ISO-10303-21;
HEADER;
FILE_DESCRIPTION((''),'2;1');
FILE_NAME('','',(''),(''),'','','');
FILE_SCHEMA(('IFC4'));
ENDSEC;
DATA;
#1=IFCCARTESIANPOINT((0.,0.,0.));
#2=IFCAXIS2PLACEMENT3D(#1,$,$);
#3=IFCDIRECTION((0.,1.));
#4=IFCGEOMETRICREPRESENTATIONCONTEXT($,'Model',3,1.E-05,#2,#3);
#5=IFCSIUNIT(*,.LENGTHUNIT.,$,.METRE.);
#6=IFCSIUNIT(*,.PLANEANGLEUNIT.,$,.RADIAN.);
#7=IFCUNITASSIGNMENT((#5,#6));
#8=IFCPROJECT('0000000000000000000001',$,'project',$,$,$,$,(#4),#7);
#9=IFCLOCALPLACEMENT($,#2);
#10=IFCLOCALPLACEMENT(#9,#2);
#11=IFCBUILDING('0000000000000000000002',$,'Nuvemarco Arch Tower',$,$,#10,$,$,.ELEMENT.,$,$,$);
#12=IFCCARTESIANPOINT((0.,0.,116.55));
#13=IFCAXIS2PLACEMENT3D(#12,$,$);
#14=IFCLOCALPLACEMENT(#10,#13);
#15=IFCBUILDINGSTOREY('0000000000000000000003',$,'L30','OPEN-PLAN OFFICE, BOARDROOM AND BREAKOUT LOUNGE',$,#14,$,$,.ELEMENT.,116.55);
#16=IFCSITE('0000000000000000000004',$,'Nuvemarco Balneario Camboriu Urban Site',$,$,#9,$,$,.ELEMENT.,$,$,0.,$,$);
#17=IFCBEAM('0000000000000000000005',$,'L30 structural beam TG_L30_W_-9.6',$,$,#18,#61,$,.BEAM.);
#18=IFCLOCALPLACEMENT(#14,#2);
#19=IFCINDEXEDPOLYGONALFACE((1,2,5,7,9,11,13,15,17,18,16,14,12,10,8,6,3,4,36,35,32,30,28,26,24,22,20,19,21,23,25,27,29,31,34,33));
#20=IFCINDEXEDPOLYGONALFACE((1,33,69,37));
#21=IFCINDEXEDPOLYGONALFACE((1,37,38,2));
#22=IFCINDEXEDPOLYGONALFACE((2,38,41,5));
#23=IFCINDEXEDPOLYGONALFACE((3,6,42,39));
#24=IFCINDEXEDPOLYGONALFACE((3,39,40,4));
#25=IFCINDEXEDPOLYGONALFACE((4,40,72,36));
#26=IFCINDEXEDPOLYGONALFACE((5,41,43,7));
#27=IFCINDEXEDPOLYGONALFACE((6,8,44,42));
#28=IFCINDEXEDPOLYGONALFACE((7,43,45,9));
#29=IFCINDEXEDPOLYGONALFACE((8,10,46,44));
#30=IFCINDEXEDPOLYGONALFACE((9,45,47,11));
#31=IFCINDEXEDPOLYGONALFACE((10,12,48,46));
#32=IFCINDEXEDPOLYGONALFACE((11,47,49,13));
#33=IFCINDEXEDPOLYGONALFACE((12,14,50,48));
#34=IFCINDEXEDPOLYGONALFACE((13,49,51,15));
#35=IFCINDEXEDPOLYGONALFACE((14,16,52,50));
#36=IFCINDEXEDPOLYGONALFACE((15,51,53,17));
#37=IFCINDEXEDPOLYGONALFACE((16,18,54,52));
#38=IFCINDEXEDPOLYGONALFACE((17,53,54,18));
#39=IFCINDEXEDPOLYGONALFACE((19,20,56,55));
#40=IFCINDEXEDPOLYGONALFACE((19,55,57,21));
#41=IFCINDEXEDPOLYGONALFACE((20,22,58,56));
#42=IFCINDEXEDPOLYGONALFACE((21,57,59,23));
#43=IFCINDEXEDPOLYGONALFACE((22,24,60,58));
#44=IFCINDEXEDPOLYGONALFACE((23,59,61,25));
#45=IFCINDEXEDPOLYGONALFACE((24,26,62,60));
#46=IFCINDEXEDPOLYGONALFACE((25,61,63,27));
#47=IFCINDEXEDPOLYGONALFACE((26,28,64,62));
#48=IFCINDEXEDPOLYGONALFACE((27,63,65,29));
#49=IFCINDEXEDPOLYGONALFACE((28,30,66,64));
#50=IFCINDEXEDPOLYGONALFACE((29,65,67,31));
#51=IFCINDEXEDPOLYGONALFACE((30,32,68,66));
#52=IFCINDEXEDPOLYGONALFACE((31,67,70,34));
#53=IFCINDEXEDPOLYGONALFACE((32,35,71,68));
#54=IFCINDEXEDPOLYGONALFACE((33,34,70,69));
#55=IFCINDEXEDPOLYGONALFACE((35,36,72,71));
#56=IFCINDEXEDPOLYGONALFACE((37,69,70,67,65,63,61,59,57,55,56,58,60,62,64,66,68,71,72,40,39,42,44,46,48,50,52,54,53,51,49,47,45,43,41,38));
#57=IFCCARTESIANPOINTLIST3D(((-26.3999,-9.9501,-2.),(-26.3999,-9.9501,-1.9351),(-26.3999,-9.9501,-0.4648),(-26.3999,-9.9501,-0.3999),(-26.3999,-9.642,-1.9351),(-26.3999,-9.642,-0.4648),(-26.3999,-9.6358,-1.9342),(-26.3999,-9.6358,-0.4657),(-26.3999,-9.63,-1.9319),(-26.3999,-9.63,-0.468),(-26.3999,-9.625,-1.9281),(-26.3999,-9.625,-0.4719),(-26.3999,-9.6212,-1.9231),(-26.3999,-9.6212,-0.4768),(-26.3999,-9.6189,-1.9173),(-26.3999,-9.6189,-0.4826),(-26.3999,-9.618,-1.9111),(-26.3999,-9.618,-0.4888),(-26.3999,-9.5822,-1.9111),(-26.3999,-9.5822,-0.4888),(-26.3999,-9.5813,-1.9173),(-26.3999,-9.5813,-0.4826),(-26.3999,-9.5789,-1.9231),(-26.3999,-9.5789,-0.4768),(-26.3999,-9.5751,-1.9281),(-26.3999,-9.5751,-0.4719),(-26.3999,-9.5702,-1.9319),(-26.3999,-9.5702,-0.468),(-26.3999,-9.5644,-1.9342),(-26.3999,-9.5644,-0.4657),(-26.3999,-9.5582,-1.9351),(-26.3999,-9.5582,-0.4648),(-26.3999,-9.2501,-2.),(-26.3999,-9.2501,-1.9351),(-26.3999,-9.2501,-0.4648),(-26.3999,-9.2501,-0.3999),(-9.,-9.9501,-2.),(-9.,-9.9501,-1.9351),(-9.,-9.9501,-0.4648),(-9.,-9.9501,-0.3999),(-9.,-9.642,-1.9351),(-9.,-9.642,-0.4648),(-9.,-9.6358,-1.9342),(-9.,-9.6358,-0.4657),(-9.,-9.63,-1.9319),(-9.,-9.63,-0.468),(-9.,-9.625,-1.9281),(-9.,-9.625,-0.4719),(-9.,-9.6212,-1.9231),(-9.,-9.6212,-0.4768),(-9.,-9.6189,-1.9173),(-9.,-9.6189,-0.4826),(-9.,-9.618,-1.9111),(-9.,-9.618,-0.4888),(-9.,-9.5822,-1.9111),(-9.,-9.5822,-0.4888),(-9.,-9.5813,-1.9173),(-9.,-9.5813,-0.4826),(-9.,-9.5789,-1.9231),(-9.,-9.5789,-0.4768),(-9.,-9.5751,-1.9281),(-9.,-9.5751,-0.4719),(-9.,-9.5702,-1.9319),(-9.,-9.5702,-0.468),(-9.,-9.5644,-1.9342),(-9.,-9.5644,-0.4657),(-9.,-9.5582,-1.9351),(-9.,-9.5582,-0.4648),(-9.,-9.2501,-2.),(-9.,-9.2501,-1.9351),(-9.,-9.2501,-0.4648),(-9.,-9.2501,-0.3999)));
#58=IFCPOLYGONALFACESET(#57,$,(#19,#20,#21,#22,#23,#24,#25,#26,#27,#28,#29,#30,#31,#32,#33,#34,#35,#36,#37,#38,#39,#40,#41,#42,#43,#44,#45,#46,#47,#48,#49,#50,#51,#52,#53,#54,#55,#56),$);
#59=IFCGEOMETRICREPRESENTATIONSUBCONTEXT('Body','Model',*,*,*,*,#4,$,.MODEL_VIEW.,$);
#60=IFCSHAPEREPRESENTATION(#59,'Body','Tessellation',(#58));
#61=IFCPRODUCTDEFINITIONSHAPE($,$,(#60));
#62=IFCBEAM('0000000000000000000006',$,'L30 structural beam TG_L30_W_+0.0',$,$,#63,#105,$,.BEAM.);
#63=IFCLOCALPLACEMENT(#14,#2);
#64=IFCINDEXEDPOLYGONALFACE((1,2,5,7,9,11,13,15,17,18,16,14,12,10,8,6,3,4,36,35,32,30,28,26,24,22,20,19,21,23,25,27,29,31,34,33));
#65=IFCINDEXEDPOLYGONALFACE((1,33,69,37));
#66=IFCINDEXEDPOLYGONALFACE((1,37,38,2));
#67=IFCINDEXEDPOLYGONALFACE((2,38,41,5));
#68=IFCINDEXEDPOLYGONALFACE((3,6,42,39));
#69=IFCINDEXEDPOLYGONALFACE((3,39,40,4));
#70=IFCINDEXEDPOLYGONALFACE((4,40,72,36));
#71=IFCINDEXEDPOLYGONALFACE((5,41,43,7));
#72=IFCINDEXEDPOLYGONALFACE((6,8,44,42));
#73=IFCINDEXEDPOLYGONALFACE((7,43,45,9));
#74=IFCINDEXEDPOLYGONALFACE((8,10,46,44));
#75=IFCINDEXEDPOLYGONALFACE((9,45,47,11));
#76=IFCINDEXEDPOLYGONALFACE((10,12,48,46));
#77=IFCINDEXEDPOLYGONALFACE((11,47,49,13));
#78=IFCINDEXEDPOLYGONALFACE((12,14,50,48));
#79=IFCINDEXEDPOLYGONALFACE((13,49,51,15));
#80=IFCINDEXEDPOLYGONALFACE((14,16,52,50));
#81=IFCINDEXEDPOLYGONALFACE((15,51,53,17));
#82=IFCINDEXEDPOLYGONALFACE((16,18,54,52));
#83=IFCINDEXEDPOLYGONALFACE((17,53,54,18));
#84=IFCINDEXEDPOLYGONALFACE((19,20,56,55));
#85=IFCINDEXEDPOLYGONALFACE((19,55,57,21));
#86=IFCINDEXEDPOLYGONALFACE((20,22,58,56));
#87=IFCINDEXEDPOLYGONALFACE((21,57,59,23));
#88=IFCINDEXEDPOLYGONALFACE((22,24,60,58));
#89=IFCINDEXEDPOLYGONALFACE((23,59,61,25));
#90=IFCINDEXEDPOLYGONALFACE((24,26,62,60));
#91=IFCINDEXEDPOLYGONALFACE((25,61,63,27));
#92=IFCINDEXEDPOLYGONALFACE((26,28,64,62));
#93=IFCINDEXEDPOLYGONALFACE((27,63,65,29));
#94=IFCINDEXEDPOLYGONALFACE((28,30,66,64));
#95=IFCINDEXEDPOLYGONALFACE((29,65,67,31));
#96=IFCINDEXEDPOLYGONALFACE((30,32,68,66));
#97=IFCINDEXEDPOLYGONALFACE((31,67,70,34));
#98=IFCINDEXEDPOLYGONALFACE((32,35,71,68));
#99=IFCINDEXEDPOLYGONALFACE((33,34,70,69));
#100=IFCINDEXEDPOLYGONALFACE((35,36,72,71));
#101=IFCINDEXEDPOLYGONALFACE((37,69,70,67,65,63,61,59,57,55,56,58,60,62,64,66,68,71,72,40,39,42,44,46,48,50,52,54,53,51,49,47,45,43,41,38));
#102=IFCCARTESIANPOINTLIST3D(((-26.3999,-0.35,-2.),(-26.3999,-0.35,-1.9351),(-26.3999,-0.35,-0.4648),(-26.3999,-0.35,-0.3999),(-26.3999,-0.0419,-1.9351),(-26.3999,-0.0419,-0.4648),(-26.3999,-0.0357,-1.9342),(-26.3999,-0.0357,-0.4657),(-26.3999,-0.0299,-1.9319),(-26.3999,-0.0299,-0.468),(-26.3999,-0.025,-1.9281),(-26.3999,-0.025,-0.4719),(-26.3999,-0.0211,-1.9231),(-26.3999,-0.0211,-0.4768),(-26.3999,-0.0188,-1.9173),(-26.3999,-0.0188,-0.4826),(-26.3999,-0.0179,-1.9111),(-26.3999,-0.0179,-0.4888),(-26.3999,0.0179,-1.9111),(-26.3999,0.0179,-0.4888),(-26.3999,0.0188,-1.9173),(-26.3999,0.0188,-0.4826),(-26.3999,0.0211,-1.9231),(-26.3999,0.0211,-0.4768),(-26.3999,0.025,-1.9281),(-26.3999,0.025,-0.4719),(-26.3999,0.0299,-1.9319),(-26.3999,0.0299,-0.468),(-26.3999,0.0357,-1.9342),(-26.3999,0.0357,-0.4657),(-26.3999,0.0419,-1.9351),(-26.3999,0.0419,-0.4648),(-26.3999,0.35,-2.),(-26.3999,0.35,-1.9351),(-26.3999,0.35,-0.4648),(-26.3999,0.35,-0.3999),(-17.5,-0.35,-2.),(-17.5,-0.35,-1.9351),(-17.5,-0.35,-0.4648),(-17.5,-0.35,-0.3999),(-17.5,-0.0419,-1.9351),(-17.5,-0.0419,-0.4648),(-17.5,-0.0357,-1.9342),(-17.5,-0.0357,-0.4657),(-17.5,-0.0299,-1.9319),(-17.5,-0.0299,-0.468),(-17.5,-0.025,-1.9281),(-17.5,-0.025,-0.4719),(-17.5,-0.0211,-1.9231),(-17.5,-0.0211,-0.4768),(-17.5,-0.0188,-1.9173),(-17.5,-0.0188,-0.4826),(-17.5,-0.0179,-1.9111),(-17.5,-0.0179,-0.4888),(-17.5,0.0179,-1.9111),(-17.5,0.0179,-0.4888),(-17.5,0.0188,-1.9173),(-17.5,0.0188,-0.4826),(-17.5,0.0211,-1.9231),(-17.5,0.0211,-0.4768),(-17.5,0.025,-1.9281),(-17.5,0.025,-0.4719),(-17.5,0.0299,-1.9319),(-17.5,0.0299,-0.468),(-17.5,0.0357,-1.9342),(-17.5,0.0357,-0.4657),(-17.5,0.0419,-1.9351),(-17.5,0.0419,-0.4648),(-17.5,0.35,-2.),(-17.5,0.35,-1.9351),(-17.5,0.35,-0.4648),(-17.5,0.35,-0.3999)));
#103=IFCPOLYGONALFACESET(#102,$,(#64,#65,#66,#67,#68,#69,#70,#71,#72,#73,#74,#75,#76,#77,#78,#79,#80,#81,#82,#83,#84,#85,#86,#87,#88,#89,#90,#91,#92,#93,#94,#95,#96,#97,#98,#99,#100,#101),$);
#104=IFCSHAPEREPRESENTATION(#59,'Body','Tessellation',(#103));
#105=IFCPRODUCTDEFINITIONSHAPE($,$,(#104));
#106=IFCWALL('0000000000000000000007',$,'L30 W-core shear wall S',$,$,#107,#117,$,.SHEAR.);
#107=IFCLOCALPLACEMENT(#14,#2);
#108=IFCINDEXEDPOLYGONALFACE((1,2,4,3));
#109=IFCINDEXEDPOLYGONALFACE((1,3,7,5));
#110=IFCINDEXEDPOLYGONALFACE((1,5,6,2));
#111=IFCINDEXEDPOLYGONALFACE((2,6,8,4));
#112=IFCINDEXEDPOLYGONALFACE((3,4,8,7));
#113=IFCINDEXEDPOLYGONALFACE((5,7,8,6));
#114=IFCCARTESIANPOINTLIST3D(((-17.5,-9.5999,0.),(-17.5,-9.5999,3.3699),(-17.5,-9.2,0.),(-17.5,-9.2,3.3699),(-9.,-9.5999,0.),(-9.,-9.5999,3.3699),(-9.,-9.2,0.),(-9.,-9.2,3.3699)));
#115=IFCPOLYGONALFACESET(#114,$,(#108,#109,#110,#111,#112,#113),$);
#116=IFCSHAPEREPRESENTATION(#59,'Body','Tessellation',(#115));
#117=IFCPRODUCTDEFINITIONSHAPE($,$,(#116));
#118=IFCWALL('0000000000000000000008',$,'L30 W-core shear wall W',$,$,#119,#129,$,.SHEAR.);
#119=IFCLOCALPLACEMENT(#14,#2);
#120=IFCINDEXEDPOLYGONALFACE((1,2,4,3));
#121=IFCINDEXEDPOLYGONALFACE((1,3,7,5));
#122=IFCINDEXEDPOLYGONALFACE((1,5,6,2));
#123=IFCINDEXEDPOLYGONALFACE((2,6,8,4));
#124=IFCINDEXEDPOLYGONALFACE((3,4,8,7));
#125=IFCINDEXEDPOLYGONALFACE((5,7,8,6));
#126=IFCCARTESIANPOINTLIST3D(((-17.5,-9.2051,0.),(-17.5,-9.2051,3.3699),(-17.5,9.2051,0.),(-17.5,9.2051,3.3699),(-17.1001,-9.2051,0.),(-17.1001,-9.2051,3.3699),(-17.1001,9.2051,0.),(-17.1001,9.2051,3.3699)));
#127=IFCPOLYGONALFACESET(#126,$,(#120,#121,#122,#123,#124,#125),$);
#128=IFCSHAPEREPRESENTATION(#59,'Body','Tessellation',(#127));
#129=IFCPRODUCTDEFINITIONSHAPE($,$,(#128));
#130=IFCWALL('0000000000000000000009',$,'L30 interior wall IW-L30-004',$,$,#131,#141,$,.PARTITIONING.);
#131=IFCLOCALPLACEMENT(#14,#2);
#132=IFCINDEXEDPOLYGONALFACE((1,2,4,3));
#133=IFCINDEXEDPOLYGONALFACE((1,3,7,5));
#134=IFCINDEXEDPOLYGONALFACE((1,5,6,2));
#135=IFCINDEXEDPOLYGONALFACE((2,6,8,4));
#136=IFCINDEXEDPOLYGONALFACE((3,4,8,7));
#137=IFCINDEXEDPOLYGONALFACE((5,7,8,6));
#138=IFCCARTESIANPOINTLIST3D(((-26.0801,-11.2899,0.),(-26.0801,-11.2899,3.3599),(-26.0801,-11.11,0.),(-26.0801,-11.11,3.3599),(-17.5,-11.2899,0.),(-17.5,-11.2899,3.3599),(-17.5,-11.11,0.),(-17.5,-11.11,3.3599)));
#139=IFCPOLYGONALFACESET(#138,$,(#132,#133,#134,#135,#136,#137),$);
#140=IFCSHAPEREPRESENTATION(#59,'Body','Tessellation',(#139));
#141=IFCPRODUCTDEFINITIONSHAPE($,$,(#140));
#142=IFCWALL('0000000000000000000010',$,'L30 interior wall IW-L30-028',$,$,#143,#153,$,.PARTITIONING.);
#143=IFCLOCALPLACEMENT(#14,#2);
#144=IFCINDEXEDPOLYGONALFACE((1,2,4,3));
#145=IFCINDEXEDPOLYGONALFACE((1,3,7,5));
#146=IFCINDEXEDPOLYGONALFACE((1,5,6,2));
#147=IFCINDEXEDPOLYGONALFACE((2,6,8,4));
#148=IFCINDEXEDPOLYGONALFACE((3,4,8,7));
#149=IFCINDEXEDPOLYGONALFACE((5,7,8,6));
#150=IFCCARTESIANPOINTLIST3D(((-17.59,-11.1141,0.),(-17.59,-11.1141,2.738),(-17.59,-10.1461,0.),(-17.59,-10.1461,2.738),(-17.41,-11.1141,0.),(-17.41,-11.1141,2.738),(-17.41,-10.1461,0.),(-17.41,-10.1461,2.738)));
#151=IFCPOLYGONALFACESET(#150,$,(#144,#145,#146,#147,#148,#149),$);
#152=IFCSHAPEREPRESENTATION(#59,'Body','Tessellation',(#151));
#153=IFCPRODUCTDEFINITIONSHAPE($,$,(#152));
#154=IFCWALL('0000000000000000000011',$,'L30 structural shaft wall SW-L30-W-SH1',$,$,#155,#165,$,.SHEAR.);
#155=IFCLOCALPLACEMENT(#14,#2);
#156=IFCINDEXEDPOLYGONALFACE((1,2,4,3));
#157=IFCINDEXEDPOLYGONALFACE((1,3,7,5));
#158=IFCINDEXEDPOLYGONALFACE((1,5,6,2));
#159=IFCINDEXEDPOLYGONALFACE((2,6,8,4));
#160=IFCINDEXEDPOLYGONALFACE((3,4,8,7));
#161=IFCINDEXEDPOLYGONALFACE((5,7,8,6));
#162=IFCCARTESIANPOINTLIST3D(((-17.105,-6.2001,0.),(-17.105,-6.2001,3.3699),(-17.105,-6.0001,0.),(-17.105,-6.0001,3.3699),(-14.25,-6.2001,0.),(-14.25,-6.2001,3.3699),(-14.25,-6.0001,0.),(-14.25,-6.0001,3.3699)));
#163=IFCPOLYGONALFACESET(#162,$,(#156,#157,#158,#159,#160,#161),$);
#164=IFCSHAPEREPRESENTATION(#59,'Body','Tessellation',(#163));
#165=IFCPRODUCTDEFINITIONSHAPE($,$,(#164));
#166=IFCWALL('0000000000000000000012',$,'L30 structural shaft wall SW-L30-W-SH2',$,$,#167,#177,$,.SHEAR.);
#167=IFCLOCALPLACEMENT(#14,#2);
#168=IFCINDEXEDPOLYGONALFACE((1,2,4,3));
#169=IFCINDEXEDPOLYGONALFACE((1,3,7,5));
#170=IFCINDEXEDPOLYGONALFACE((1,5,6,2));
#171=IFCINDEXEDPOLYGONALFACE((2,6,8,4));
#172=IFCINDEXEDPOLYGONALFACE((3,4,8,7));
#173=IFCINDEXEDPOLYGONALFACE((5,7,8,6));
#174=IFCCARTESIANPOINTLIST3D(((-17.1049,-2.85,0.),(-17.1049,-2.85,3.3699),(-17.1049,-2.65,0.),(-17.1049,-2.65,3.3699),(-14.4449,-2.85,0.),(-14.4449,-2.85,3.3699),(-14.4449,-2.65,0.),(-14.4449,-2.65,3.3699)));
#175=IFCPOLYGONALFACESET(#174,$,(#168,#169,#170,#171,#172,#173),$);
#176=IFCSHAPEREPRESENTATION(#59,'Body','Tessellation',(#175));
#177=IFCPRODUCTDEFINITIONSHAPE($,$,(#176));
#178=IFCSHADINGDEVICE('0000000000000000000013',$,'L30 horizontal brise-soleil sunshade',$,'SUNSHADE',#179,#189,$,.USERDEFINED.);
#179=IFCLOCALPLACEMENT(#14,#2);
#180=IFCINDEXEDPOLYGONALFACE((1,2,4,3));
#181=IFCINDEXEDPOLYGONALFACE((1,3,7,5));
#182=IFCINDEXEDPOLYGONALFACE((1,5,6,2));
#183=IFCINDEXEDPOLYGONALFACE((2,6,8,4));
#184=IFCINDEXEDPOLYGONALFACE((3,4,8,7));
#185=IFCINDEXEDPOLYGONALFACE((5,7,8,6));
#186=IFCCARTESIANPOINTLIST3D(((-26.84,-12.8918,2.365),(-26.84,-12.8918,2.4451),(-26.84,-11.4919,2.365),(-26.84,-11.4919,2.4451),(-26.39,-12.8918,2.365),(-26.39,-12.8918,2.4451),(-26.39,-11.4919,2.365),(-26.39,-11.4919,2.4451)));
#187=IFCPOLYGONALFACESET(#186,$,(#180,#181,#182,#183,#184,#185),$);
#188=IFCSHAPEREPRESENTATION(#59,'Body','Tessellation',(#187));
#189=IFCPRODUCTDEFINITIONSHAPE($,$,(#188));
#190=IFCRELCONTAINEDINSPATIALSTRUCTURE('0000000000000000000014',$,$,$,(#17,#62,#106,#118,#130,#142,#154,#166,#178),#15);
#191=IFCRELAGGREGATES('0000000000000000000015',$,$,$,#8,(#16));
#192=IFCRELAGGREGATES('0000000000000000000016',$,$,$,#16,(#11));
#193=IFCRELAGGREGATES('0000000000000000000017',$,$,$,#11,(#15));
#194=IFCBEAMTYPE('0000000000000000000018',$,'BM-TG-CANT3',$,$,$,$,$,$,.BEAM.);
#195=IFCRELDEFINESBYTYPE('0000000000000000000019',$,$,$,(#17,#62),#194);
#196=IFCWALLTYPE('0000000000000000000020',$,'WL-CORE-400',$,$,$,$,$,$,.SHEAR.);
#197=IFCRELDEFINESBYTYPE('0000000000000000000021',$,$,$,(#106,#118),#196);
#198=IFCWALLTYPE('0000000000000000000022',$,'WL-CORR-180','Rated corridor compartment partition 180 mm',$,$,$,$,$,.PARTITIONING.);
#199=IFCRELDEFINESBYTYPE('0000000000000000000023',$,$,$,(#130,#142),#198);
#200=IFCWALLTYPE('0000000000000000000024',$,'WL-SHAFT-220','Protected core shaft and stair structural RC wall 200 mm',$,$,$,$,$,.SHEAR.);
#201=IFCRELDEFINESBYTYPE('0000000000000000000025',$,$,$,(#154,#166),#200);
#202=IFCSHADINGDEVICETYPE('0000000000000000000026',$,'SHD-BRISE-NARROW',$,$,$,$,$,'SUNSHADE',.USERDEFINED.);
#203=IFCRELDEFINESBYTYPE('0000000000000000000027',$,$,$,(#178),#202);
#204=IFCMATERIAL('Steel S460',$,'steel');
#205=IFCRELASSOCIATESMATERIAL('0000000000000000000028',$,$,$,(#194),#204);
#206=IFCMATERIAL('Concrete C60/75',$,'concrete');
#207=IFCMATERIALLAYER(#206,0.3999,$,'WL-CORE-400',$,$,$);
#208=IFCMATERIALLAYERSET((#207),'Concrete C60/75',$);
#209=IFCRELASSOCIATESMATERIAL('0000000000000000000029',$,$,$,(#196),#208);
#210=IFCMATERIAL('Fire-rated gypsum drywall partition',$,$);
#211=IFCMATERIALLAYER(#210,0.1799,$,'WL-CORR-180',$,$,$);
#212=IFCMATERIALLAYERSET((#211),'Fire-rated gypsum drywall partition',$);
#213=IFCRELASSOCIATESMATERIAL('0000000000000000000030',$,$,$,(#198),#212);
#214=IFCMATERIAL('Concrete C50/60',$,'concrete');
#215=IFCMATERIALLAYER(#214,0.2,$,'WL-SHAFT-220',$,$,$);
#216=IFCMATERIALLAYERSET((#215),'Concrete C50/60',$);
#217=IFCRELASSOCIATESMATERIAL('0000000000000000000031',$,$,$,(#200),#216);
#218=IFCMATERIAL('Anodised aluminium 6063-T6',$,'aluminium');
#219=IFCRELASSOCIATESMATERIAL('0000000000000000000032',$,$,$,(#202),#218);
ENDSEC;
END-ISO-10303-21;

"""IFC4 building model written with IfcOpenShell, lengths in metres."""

from ifc_helpers import new_model, si_unit, direction, frame, frame_2d, origin, origin_2d, place, context, subcontext, project, spatial, rectangle, i_section, extrude, source, transform, mapped, material, layer, layer_set, material_profile, profile_set, type_object, type_shapes, element, save


model = new_model("IFC4")

# Units and contexts
model_context = context("Model", 3, precision=1e-05, world=origin(), true_north=direction((0.0, 1.0)))
body_context = subcontext(model_context, "Body", "Model", "MODEL_VIEW")
ifc_project = project(units=[si_unit("LENGTHUNIT", "METRE"), si_unit("PLANEANGLEUNIT", "RADIAN")], contexts=[model_context])

# Site, building, storey
site_placement = place(None, origin())
site = spatial("IfcSite", under=ifc_project, at=site_placement, Name="Nuvemarco Balneario Camboriu Urban Site", CompositionType="ELEMENT", RefElevation=0.0)
building_placement = place(site_placement, origin())
building = spatial("IfcBuilding", under=site, at=building_placement, Name="Nuvemarco Arch Tower", CompositionType="ELEMENT")
storey_placement = place(building_placement, frame((0.0, 0.0, 116.55)))
storey = spatial("IfcBuildingStorey", under=building, at=storey_placement, Name="L30", Description="OPEN-PLAN OFFICE, BOARDROOM AND BREAKOUT LOUNGE", CompositionType="ELEMENT", Elevation=116.55)

# Shared definitions
ifc_material_1 = material(Name="Concrete C60/75", Category="concrete")

# Beams
ifc_material_2 = material(Name="Steel S460", Category="steel")
ifc_material_profile_1 = material_profile(ifc_material_2, i_section(OverallWidth=0.7, OverallDepth=1.6001, WebThickness=0.0359, FlangeThickness=0.0649, FilletRadius=0.0239, at=origin_2d()), Name="PG1600x700")
ifc_profile_set_1 = profile_set([ifc_material_profile_1], Name="Steel S460")
beam_type_1 = type_object("IfcBeamType", Name="BM-TG-CANT3", PredefinedType="BEAM", material=ifc_profile_set_1)
beam_1_placement = place(storey_placement, frame((-26.3999, -9.6001, -1.2), z_axis=(1.0, 0.0, 0.0), x_axis=(0.0, 1.0, 0.0)))
element("IfcBeam", 1, at=beam_1_placement, inside=storey, type_object=beam_type_1, Name="L30 structural beam TG_L30_W_-9.6", PredefinedType="BEAM", context=body_context, shape_type="SweptSolid", body=[
    extrude(i_section(OverallWidth=0.7, OverallDepth=1.6001, WebThickness=0.0359, FlangeThickness=0.0649, FilletRadius=0.0239, at=origin_2d()), origin(), (0.0, 0.0, 1.0), 17.3999),
])
beam_2_placement = place(storey_placement, frame((-26.3999, 0.0, -1.2), z_axis=(1.0, 0.0, 0.0), x_axis=(0.0, 1.0, 0.0)))
element("IfcBeam", 2, at=beam_2_placement, inside=storey, type_object=beam_type_1, Name="L30 structural beam TG_L30_W_+0.0", PredefinedType="BEAM", context=body_context, shape_type="SweptSolid", body=[
    extrude(i_section(OverallWidth=0.7, OverallDepth=1.6001, WebThickness=0.0359, FlangeThickness=0.0649, FilletRadius=0.0239, at=origin_2d()), origin(), (0.0, 0.0, 1.0), 8.8999),
])

# Shared definitions
ifc_material_3 = material(Name="Anodised aluminium 6063-T6", Category="aluminium")

# Walls
ifc_layer_1 = layer(ifc_material_1, 0.3999, Name="WL-CORE-400")
ifc_layer_set_1 = layer_set([ifc_layer_1], Name="Concrete C60/75")
wall_type_1 = type_object("IfcWallType", Name="WL-CORE-400", PredefinedType="SHEAR", material=ifc_layer_set_1)
wall_1_placement = place(storey_placement, frame((-17.5, -9.3999, 0.0), z_axis=(0.0, 0.0, 1.0), x_axis=(1.0, 0.0, 0.0)))
element("IfcWall", 3, at=wall_1_placement, inside=storey, type_object=wall_type_1, Name="L30 W-core shear wall S", PredefinedType="SHEAR", context=body_context, shape_type="SweptSolid", body=[
    extrude(rectangle(XDim=8.5, YDim=0.3999, at=frame_2d((4.25, 0.0))), origin(), (0.0, 0.0, 1.0), 3.3699),
])
wall_2_placement = place(storey_placement, frame((-17.3, -9.2051, 0.0), z_axis=(0.0, 0.0, 1.0), x_axis=(0.0, 1.0, 0.0)))
element("IfcWall", 4, at=wall_2_placement, inside=storey, type_object=wall_type_1, Name="L30 W-core shear wall W", PredefinedType="SHEAR", context=body_context, shape_type="SweptSolid", body=[
    extrude(rectangle(XDim=18.4102, YDim=0.3999, at=frame_2d((9.2051, 0.0))), origin(), (0.0, 0.0, 1.0), 3.3699),
])
ifc_material_4 = material(Name="Fire-rated gypsum drywall partition")
ifc_layer_2 = layer(ifc_material_4, 0.1799, Name="WL-CORR-180")
ifc_layer_set_2 = layer_set([ifc_layer_2], Name="Fire-rated gypsum drywall partition")
wall_type_2 = type_object("IfcWallType", Name="WL-CORR-180", Description="Rated corridor compartment partition 180 mm", PredefinedType="PARTITIONING", material=ifc_layer_set_2)
wall_3_placement = place(storey_placement, frame((-26.0801, -11.2, 0.0), z_axis=(0.0, 0.0, 1.0), x_axis=(1.0, 0.0, 0.0)))
element("IfcWall", 5, at=wall_3_placement, inside=storey, type_object=wall_type_2, Name="L30 interior wall IW-L30-004", PredefinedType="PARTITIONING", context=body_context, shape_type="SweptSolid", body=[
    extrude(rectangle(XDim=8.5801, YDim=0.1799, at=frame_2d((4.29, 0.0))), origin(), (0.0, 0.0, 1.0), 3.3599),
])
wall_4_placement = place(storey_placement, frame((-17.5, -11.114, 0.0), z_axis=(0.0, 0.0, 1.0), x_axis=(0.0, 1.0, 0.0)))
element("IfcWall", 6, at=wall_4_placement, inside=storey, type_object=wall_type_2, Name="L30 interior wall IW-L30-028", PredefinedType="PARTITIONING", context=body_context, shape_type="SweptSolid", body=[
    extrude(rectangle(XDim=0.968, YDim=0.1799, at=frame_2d((0.4839, 0.0))), origin(), (0.0, 0.0, 1.0), 2.738),
])
ifc_material_5 = material(Name="Concrete C50/60", Category="concrete")
ifc_layer_3 = layer(ifc_material_5, 0.2, Name="WL-SHAFT-220")
ifc_layer_set_3 = layer_set([ifc_layer_3], Name="Concrete C50/60")
wall_type_3 = type_object("IfcWallType", Name="WL-SHAFT-220", Description="Protected core shaft and stair structural RC wall 200 mm", PredefinedType="SHEAR", material=ifc_layer_set_3)
wall_5_placement = place(storey_placement, frame((-17.105, -6.1001, 0.0), z_axis=(0.0, 0.0, 1.0), x_axis=(1.0, 0.0, 0.0)))
element("IfcWall", 7, at=wall_5_placement, inside=storey, type_object=wall_type_3, Name="L30 structural shaft wall SW-L30-W-SH1", PredefinedType="SHEAR", context=body_context, shape_type="SweptSolid", body=[
    extrude(rectangle(XDim=2.855, YDim=0.2, at=frame_2d((1.4275, 0.0))), origin(), (0.0, 0.0, 1.0), 3.3699),
])
wall_6_placement = place(storey_placement, frame((-17.105, -2.75, 0.0), z_axis=(0.0, 0.0, 1.0), x_axis=(1.0, 0.0, 0.0)))
element("IfcWall", 8, at=wall_6_placement, inside=storey, type_object=wall_type_3, Name="L30 structural shaft wall SW-L30-W-SH2", PredefinedType="SHEAR", context=body_context, shape_type="SweptSolid", body=[
    extrude(rectangle(XDim=2.6599, YDim=0.2, at=frame_2d((1.3301, 0.0))), origin(), (0.0, 0.0, 1.0), 3.3699),
])

# Shading device
shading_device_type = type_object("IfcShadingDeviceType", Name="SHD-BRISE-NARROW", ElementType="SUNSHADE", PredefinedType="USERDEFINED", material=ifc_material_3)
shared_shape_1 = source(origin(), body_context, "Body", "SweptSolid", [
    extrude(rectangle(XDim=1.3999, YDim=0.45, at=origin_2d()), origin(), (0.0, 0.0, 1.0), 0.0801),
])
type_shapes(shading_device_type, [shared_shape_1])
for number, where, z_axis, x_axis, name in (
    (9, (-26.615, -12.1919, 2.365), (0.0, 0.0, 1.0), (0.0, 1.0, 0.0), "L30 horizontal brise-soleil sunshade"),
):
    element("IfcShadingDevice", number, at=place(storey_placement, frame(where, z_axis=z_axis, x_axis=x_axis)), inside=storey, type_object=shading_device_type, Name=name, ObjectType="SUNSHADE", PredefinedType="USERDEFINED", context=body_context, shape_type="MappedRepresentation", body=[
        mapped(shared_shape_1, transform((0.0, 0.0, 0.0), scale=1.0)),
    ])

save(model, "model.ifc")
